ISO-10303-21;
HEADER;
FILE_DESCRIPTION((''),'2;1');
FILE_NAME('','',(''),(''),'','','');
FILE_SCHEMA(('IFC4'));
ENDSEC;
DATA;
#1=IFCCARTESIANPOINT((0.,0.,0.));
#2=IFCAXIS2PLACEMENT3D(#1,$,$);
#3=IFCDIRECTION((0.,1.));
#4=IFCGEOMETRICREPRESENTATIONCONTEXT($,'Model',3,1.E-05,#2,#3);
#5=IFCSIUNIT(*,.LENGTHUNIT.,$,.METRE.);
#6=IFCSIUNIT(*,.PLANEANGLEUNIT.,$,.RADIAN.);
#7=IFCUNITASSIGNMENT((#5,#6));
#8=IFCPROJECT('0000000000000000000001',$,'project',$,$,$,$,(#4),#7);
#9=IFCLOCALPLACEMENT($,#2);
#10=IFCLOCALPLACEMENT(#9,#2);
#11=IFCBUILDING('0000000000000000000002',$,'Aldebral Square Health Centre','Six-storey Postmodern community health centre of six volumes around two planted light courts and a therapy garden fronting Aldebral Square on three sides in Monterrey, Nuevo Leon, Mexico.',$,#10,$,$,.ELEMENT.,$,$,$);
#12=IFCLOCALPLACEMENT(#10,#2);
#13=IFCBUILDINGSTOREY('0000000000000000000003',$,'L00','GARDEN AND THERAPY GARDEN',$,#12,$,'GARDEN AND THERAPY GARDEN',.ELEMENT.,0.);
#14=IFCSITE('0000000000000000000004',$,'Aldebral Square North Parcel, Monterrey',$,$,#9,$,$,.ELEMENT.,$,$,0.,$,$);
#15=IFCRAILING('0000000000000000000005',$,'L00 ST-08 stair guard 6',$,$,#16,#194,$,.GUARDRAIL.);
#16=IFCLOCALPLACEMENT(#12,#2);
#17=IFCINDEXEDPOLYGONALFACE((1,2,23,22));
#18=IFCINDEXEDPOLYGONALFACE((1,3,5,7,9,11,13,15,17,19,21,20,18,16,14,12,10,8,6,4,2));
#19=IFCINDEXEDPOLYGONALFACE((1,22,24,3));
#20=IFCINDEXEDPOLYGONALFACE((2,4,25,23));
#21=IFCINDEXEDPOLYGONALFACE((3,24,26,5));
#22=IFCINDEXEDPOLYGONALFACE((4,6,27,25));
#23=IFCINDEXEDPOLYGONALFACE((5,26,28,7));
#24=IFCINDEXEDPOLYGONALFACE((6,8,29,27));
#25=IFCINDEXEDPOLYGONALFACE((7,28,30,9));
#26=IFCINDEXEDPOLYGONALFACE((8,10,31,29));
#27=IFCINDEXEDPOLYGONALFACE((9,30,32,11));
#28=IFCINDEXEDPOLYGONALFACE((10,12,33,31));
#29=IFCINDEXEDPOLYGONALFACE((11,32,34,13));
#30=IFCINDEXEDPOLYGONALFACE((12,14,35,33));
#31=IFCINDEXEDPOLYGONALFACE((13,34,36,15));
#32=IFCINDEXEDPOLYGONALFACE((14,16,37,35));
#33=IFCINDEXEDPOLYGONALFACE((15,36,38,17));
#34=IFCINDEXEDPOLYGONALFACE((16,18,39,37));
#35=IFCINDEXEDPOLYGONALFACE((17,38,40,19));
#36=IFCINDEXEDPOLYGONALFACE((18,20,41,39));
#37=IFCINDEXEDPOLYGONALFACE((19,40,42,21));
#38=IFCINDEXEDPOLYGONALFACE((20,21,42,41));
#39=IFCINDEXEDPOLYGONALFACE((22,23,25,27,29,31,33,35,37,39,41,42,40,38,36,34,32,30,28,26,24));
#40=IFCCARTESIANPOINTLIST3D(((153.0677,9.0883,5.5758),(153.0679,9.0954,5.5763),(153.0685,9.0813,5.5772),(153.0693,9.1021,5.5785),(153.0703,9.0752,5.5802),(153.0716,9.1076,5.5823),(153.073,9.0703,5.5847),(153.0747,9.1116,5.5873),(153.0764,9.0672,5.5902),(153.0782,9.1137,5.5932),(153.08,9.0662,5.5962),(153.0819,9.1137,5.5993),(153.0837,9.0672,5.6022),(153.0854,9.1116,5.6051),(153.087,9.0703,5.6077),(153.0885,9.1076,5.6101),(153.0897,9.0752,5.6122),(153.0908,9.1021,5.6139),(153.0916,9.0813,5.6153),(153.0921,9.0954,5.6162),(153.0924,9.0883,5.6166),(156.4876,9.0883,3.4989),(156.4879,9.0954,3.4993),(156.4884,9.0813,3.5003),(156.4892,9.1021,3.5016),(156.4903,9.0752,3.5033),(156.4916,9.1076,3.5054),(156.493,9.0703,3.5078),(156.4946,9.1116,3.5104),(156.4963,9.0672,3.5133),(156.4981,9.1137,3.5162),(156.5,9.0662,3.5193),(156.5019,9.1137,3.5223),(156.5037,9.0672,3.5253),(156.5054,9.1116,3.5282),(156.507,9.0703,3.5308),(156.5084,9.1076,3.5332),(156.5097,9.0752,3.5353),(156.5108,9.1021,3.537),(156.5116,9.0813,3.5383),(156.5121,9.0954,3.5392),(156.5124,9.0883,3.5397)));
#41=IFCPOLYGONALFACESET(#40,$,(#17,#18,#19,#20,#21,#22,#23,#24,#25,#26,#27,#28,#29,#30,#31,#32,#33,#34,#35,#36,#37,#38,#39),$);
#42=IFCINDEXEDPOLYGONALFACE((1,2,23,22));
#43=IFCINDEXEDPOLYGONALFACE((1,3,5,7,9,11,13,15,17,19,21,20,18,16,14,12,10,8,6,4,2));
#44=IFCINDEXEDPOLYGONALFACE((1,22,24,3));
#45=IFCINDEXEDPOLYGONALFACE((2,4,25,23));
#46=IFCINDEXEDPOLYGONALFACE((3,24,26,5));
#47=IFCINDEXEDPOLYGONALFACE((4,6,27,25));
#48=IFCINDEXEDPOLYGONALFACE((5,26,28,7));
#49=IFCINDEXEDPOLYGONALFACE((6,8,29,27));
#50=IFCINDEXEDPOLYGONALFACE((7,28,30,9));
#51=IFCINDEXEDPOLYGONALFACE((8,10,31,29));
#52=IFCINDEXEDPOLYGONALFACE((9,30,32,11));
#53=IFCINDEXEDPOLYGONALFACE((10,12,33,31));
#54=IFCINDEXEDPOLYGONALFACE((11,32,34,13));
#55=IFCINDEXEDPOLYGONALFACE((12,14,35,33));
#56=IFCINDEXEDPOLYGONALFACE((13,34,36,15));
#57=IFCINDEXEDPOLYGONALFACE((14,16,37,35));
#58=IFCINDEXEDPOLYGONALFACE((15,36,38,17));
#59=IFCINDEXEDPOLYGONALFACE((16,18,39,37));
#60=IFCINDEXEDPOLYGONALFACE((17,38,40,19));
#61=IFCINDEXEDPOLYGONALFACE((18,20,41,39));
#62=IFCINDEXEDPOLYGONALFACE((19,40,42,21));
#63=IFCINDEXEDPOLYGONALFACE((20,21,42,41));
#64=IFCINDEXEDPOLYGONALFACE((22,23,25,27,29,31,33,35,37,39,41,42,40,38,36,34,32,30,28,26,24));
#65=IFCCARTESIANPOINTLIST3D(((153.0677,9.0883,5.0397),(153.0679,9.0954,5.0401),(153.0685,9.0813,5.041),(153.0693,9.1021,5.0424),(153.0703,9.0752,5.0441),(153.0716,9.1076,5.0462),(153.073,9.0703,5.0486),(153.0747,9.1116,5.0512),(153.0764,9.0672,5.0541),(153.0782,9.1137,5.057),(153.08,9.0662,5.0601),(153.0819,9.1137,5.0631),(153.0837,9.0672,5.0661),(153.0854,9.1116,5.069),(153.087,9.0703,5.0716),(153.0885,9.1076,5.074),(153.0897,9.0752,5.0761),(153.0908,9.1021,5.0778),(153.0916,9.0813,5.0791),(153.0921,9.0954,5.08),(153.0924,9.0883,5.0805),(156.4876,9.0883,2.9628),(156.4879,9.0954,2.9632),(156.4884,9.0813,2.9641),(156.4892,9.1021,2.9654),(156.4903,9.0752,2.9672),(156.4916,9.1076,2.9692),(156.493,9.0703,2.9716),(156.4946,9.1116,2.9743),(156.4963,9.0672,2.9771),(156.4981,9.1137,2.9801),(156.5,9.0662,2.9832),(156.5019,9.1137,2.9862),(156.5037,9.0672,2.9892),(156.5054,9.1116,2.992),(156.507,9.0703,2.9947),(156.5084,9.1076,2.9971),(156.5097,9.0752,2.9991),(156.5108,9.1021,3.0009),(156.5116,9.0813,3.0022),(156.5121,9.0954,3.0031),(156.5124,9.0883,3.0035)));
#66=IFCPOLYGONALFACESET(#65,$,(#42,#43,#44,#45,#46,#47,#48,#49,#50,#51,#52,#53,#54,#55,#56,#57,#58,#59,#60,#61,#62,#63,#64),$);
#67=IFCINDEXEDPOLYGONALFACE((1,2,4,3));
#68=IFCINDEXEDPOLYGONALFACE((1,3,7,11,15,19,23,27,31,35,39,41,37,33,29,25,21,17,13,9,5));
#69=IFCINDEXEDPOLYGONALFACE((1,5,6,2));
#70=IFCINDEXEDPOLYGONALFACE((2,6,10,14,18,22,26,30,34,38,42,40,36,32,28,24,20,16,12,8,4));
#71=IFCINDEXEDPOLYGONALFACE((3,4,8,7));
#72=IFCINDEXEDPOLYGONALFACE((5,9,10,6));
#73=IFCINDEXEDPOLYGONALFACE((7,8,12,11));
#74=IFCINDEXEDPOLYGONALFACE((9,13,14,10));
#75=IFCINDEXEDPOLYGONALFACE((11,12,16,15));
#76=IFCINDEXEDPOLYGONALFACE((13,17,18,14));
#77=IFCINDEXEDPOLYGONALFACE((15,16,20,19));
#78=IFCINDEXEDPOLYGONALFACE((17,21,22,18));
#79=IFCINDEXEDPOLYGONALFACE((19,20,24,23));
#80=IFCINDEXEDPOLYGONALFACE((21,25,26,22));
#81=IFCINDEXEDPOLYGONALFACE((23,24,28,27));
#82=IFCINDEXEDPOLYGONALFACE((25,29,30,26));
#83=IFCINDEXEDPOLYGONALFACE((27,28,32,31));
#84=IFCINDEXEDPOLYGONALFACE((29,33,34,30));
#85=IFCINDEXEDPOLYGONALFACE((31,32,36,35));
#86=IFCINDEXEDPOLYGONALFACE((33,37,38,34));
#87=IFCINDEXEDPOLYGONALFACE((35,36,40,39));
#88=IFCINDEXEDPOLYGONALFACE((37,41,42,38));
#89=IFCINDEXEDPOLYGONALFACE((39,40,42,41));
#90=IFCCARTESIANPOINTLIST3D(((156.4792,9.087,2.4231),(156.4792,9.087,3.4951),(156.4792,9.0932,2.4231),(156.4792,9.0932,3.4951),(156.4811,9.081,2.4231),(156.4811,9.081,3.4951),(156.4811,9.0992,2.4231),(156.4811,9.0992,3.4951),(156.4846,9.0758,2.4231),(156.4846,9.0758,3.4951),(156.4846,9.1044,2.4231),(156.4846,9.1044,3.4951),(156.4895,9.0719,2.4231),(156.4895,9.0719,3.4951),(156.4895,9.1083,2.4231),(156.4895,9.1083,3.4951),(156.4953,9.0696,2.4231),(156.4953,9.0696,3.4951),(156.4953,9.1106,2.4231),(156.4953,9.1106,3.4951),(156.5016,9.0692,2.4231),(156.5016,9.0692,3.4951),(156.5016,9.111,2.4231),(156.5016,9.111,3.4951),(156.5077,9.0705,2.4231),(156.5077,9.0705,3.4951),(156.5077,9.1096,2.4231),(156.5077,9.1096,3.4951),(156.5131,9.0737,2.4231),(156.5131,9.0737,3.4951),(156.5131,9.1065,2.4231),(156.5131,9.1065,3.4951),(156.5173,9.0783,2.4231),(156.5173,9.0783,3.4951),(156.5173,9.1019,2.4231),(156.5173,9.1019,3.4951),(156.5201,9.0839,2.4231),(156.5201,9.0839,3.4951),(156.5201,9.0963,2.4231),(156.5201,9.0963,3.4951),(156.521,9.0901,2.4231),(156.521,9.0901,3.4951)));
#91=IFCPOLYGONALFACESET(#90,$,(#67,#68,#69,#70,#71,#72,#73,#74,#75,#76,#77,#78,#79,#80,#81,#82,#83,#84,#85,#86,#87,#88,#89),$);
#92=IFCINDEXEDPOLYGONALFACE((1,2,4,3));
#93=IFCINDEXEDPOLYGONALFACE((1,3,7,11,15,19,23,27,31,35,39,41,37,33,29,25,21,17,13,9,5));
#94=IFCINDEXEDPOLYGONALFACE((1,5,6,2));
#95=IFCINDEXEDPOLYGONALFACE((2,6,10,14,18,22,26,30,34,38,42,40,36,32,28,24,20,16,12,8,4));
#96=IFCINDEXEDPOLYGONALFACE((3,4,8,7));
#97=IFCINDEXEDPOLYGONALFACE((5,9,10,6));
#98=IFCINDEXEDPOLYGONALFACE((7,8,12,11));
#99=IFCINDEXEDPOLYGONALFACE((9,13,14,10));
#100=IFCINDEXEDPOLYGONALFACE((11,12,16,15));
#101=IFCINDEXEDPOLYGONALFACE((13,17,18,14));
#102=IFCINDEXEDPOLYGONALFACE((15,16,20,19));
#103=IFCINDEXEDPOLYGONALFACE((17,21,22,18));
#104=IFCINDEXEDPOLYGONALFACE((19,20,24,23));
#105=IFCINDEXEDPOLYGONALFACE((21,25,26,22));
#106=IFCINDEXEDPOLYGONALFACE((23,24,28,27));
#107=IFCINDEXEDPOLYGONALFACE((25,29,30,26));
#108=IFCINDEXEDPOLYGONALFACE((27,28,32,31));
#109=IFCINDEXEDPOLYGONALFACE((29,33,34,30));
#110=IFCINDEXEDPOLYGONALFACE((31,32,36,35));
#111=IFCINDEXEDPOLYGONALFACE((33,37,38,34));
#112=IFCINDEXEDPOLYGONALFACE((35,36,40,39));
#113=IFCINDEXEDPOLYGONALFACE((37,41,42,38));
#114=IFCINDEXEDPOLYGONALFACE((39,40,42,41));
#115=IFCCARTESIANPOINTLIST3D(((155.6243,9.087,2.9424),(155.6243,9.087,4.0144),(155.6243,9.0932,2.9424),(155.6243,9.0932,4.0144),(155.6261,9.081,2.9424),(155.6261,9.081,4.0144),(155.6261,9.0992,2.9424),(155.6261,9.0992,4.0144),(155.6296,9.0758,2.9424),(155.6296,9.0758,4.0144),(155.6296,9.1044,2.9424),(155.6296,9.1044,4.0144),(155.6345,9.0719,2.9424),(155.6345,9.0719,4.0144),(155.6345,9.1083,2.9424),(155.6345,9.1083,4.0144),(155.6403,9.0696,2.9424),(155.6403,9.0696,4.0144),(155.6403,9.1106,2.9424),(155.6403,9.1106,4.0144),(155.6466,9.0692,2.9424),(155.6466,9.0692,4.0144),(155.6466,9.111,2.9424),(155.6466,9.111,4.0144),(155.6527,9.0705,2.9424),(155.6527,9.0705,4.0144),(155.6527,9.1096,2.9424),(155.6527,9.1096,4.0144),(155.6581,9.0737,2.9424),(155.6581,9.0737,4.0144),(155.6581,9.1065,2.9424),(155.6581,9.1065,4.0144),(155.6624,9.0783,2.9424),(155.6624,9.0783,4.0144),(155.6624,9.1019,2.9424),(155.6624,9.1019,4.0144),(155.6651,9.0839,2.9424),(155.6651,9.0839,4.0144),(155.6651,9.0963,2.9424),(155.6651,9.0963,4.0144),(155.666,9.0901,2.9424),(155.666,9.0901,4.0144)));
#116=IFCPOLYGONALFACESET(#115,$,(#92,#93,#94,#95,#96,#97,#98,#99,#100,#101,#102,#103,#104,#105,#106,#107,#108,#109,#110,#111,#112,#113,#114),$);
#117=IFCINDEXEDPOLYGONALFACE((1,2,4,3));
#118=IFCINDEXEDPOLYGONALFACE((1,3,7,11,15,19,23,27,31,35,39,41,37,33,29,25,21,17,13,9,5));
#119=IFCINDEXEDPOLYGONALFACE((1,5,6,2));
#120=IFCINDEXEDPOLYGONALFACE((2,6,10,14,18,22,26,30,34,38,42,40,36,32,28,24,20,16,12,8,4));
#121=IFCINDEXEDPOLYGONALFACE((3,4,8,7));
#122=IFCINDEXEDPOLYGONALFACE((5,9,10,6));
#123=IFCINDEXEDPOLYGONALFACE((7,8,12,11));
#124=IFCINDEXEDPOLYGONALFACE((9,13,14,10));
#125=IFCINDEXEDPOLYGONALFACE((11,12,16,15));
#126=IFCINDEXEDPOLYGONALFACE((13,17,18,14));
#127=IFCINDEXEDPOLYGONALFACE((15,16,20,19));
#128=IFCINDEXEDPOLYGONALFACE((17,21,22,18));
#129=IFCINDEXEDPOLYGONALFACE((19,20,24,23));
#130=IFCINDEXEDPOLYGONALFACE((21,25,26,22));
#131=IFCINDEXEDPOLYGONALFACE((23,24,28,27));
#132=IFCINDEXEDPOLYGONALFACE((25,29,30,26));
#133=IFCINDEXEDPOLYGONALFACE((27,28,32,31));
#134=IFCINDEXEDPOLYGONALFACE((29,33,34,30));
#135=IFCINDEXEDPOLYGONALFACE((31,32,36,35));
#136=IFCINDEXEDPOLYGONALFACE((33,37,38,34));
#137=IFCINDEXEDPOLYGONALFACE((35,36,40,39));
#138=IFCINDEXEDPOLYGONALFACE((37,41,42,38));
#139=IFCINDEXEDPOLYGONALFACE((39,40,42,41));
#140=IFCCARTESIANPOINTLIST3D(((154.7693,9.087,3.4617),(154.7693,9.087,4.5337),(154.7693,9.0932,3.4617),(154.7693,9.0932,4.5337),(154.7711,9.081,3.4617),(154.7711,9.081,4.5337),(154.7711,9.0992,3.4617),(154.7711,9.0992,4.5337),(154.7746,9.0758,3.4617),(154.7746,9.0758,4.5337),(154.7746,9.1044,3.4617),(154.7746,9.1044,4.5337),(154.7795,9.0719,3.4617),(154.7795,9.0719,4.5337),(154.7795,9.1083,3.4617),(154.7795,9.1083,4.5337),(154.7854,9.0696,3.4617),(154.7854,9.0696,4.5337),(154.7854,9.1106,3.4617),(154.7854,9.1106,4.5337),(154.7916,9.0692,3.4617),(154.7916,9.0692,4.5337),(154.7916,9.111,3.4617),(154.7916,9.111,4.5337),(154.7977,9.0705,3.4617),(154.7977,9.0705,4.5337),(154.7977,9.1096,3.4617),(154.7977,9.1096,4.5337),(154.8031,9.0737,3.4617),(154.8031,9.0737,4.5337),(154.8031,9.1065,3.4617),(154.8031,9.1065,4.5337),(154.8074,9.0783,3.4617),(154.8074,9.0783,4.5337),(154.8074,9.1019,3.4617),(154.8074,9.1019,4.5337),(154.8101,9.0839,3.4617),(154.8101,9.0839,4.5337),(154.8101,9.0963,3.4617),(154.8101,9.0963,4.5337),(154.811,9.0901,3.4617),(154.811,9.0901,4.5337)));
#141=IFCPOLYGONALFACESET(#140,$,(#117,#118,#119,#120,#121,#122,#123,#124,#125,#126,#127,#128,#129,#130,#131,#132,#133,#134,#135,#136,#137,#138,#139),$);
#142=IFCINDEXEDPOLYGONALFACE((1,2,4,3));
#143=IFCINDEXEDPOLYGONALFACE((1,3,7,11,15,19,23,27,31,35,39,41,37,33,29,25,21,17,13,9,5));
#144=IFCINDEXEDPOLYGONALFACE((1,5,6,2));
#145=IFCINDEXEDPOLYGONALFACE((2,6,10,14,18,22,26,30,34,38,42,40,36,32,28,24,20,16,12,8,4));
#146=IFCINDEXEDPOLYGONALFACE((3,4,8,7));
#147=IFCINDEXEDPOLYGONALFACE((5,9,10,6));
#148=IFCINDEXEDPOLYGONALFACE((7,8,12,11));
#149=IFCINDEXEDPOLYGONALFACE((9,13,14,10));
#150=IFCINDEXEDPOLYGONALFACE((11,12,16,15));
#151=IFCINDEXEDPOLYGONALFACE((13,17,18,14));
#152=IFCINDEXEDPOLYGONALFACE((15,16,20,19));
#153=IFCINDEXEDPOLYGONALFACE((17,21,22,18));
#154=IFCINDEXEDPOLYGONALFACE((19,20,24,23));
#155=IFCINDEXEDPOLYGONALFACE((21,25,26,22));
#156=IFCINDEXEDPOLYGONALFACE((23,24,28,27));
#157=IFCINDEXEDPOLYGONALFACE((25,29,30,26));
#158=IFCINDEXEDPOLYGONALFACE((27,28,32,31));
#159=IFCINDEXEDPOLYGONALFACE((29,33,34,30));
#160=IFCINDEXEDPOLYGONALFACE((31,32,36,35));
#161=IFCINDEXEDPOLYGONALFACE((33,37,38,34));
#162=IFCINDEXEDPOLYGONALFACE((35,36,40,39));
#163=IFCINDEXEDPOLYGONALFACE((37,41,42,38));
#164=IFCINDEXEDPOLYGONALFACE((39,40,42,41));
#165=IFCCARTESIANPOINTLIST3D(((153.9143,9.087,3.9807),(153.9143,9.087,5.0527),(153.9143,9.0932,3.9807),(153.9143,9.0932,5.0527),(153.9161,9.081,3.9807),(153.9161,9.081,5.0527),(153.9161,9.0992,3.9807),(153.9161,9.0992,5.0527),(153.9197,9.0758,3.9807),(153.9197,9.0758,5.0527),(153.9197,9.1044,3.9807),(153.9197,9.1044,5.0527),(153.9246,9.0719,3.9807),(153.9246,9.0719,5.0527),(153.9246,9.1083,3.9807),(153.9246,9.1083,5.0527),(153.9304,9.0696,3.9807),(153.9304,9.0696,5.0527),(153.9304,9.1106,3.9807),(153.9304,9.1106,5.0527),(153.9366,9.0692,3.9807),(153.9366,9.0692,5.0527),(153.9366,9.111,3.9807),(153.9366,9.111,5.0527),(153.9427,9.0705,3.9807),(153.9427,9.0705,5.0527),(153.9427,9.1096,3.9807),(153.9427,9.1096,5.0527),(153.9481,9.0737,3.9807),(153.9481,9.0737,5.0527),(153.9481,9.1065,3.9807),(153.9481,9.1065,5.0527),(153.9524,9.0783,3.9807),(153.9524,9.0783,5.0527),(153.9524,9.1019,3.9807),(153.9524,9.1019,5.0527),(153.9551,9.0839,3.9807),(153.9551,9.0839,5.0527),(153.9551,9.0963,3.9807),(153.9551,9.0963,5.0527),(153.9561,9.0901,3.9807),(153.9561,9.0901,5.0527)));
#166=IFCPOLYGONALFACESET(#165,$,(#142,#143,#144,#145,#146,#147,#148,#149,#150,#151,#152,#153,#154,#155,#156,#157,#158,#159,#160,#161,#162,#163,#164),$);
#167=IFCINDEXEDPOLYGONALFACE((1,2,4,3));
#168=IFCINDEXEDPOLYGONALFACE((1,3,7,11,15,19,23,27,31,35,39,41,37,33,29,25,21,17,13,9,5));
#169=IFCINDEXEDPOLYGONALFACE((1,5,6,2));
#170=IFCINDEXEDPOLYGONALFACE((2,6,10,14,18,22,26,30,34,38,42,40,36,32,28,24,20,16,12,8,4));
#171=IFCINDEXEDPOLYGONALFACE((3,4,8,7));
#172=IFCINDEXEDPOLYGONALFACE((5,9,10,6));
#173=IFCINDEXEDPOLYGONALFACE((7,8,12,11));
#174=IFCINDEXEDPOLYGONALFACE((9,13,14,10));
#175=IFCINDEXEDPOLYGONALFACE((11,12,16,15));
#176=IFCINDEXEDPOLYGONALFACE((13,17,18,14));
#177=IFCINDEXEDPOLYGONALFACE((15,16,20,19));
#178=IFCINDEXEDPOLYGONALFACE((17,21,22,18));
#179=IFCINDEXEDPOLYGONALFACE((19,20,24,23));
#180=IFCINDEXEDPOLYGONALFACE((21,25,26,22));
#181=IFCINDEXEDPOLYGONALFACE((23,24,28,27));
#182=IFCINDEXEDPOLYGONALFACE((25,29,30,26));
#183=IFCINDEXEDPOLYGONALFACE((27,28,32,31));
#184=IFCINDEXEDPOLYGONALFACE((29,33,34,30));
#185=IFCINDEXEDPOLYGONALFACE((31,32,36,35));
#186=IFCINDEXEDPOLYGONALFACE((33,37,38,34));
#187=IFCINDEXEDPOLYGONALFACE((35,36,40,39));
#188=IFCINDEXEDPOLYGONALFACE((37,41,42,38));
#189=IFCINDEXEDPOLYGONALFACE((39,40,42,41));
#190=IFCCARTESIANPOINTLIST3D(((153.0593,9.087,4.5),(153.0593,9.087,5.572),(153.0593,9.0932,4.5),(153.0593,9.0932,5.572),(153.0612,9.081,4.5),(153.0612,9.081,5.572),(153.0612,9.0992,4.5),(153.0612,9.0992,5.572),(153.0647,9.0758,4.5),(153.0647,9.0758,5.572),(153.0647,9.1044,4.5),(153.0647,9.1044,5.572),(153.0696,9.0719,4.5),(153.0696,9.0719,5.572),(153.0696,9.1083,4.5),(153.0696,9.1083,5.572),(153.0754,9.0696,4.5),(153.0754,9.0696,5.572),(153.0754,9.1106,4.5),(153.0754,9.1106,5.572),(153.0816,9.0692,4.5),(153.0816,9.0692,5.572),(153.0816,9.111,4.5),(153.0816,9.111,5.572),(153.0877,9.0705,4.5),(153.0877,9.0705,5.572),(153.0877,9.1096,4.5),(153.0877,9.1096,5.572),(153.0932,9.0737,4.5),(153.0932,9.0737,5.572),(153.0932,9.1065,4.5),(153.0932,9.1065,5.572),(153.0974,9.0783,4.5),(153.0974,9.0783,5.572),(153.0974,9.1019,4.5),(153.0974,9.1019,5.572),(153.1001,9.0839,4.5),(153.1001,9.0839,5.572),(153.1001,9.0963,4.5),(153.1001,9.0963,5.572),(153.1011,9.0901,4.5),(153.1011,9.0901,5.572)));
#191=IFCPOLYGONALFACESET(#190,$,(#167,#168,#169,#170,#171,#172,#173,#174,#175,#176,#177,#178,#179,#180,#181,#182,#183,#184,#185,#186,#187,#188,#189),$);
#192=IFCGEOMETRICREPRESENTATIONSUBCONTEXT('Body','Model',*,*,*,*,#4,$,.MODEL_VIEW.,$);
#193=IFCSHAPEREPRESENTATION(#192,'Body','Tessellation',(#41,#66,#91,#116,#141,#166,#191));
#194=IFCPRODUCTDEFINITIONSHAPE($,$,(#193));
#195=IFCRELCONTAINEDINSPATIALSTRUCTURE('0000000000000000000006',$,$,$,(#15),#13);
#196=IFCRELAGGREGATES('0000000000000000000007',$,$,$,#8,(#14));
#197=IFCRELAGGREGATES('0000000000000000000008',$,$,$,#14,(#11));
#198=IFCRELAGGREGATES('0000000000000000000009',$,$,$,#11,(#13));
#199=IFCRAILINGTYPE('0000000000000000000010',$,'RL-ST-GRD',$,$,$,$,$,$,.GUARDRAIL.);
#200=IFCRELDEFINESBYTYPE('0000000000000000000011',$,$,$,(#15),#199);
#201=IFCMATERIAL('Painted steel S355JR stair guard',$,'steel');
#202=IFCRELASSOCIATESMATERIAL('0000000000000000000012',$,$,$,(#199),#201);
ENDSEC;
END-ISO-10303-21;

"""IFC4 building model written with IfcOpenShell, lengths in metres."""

from ifc_helpers import new_model, si_unit, direction, frame, origin, origin_2d, place, context, subcontext, project, spatial, circle, extrude, material, type_object, element, save


model = new_model("IFC4")

# Units and contexts
model_context = context("Model", 3, precision=1e-05, world=origin(), true_north=direction((0.0, 1.0)))
body_context = subcontext(model_context, "Body", "Model", "MODEL_VIEW")
ifc_project = project(units=[si_unit("LENGTHUNIT", "METRE"), si_unit("PLANEANGLEUNIT", "RADIAN")], contexts=[model_context])

# Site, building, storey
site_placement = place(None, origin())
site = spatial("IfcSite", under=ifc_project, at=site_placement, Name="Aldebral Square North Parcel, Monterrey", CompositionType="ELEMENT", RefElevation=0.0)
building_placement = place(site_placement, origin())
building = spatial("IfcBuilding", under=site, at=building_placement, Name="Aldebral Square Health Centre", Description="Six-storey Postmodern community health centre of six volumes around two planted light courts and a therapy garden fronting Aldebral Square on three sides in Monterrey, Nuevo Leon, Mexico.", CompositionType="ELEMENT")
storey_placement = place(building_placement, origin())
storey = spatial("IfcBuildingStorey", under=building, at=storey_placement, Name="L00", Description="GARDEN AND THERAPY GARDEN", LongName="GARDEN AND THERAPY GARDEN", CompositionType="ELEMENT", Elevation=0.0)

# Railing
ifc_material_1 = material(Name="Painted steel S355JR stair guard", Category="steel")
railing_type_1 = type_object("IfcRailingType", Name="RL-ST-GRD", PredefinedType="GUARDRAIL", material=ifc_material_1)
railing_1_placement = place(storey_placement, frame((156.5, 9.0901, 2.4231)))
element("IfcRailing", 1, at=railing_1_placement, inside=storey, type_object=railing_type_1, Name="L00 ST-08 stair guard 6", PredefinedType="GUARDRAIL", context=body_context, shape_type="SweptSolid", body=[
    extrude(circle(Radius=0.0239, at=origin_2d()), frame((0.0, 0.0, 1.0962), z_axis=(-0.85473, 0.0, 0.519074), x_axis=(0.0, -1.0, 0.0)), (0.0, 0.0, 1.0), 4.0012),
    extrude(circle(Radius=0.0239, at=origin_2d()), frame((0.0, 0.0, 0.5601), z_axis=(-0.85473, 0.0, 0.519074), x_axis=(0.0, -1.0, 0.0)), (0.0, 0.0, 1.0), 4.0012),
    extrude(circle(Radius=0.021, at=origin_2d()), origin(), (0.0, 0.0, 1.0), 1.072),
    extrude(circle(Radius=0.021, at=origin_2d()), frame((-0.855, 0.0, 0.5193)), (0.0, 0.0, 1.0), 1.072),
    extrude(circle(Radius=0.021, at=origin_2d()), frame((-1.71, 0.0, 1.0386)), (0.0, 0.0, 1.0), 1.072),
    extrude(circle(Radius=0.021, at=origin_2d()), frame((-2.5649, 0.0, 1.5576)), (0.0, 0.0, 1.0), 1.072),
    extrude(circle(Radius=0.021, at=origin_2d()), frame((-3.4199, 0.0, 2.0769)), (0.0, 0.0, 1.0), 1.072),
])

save(model, "model.ifc")
